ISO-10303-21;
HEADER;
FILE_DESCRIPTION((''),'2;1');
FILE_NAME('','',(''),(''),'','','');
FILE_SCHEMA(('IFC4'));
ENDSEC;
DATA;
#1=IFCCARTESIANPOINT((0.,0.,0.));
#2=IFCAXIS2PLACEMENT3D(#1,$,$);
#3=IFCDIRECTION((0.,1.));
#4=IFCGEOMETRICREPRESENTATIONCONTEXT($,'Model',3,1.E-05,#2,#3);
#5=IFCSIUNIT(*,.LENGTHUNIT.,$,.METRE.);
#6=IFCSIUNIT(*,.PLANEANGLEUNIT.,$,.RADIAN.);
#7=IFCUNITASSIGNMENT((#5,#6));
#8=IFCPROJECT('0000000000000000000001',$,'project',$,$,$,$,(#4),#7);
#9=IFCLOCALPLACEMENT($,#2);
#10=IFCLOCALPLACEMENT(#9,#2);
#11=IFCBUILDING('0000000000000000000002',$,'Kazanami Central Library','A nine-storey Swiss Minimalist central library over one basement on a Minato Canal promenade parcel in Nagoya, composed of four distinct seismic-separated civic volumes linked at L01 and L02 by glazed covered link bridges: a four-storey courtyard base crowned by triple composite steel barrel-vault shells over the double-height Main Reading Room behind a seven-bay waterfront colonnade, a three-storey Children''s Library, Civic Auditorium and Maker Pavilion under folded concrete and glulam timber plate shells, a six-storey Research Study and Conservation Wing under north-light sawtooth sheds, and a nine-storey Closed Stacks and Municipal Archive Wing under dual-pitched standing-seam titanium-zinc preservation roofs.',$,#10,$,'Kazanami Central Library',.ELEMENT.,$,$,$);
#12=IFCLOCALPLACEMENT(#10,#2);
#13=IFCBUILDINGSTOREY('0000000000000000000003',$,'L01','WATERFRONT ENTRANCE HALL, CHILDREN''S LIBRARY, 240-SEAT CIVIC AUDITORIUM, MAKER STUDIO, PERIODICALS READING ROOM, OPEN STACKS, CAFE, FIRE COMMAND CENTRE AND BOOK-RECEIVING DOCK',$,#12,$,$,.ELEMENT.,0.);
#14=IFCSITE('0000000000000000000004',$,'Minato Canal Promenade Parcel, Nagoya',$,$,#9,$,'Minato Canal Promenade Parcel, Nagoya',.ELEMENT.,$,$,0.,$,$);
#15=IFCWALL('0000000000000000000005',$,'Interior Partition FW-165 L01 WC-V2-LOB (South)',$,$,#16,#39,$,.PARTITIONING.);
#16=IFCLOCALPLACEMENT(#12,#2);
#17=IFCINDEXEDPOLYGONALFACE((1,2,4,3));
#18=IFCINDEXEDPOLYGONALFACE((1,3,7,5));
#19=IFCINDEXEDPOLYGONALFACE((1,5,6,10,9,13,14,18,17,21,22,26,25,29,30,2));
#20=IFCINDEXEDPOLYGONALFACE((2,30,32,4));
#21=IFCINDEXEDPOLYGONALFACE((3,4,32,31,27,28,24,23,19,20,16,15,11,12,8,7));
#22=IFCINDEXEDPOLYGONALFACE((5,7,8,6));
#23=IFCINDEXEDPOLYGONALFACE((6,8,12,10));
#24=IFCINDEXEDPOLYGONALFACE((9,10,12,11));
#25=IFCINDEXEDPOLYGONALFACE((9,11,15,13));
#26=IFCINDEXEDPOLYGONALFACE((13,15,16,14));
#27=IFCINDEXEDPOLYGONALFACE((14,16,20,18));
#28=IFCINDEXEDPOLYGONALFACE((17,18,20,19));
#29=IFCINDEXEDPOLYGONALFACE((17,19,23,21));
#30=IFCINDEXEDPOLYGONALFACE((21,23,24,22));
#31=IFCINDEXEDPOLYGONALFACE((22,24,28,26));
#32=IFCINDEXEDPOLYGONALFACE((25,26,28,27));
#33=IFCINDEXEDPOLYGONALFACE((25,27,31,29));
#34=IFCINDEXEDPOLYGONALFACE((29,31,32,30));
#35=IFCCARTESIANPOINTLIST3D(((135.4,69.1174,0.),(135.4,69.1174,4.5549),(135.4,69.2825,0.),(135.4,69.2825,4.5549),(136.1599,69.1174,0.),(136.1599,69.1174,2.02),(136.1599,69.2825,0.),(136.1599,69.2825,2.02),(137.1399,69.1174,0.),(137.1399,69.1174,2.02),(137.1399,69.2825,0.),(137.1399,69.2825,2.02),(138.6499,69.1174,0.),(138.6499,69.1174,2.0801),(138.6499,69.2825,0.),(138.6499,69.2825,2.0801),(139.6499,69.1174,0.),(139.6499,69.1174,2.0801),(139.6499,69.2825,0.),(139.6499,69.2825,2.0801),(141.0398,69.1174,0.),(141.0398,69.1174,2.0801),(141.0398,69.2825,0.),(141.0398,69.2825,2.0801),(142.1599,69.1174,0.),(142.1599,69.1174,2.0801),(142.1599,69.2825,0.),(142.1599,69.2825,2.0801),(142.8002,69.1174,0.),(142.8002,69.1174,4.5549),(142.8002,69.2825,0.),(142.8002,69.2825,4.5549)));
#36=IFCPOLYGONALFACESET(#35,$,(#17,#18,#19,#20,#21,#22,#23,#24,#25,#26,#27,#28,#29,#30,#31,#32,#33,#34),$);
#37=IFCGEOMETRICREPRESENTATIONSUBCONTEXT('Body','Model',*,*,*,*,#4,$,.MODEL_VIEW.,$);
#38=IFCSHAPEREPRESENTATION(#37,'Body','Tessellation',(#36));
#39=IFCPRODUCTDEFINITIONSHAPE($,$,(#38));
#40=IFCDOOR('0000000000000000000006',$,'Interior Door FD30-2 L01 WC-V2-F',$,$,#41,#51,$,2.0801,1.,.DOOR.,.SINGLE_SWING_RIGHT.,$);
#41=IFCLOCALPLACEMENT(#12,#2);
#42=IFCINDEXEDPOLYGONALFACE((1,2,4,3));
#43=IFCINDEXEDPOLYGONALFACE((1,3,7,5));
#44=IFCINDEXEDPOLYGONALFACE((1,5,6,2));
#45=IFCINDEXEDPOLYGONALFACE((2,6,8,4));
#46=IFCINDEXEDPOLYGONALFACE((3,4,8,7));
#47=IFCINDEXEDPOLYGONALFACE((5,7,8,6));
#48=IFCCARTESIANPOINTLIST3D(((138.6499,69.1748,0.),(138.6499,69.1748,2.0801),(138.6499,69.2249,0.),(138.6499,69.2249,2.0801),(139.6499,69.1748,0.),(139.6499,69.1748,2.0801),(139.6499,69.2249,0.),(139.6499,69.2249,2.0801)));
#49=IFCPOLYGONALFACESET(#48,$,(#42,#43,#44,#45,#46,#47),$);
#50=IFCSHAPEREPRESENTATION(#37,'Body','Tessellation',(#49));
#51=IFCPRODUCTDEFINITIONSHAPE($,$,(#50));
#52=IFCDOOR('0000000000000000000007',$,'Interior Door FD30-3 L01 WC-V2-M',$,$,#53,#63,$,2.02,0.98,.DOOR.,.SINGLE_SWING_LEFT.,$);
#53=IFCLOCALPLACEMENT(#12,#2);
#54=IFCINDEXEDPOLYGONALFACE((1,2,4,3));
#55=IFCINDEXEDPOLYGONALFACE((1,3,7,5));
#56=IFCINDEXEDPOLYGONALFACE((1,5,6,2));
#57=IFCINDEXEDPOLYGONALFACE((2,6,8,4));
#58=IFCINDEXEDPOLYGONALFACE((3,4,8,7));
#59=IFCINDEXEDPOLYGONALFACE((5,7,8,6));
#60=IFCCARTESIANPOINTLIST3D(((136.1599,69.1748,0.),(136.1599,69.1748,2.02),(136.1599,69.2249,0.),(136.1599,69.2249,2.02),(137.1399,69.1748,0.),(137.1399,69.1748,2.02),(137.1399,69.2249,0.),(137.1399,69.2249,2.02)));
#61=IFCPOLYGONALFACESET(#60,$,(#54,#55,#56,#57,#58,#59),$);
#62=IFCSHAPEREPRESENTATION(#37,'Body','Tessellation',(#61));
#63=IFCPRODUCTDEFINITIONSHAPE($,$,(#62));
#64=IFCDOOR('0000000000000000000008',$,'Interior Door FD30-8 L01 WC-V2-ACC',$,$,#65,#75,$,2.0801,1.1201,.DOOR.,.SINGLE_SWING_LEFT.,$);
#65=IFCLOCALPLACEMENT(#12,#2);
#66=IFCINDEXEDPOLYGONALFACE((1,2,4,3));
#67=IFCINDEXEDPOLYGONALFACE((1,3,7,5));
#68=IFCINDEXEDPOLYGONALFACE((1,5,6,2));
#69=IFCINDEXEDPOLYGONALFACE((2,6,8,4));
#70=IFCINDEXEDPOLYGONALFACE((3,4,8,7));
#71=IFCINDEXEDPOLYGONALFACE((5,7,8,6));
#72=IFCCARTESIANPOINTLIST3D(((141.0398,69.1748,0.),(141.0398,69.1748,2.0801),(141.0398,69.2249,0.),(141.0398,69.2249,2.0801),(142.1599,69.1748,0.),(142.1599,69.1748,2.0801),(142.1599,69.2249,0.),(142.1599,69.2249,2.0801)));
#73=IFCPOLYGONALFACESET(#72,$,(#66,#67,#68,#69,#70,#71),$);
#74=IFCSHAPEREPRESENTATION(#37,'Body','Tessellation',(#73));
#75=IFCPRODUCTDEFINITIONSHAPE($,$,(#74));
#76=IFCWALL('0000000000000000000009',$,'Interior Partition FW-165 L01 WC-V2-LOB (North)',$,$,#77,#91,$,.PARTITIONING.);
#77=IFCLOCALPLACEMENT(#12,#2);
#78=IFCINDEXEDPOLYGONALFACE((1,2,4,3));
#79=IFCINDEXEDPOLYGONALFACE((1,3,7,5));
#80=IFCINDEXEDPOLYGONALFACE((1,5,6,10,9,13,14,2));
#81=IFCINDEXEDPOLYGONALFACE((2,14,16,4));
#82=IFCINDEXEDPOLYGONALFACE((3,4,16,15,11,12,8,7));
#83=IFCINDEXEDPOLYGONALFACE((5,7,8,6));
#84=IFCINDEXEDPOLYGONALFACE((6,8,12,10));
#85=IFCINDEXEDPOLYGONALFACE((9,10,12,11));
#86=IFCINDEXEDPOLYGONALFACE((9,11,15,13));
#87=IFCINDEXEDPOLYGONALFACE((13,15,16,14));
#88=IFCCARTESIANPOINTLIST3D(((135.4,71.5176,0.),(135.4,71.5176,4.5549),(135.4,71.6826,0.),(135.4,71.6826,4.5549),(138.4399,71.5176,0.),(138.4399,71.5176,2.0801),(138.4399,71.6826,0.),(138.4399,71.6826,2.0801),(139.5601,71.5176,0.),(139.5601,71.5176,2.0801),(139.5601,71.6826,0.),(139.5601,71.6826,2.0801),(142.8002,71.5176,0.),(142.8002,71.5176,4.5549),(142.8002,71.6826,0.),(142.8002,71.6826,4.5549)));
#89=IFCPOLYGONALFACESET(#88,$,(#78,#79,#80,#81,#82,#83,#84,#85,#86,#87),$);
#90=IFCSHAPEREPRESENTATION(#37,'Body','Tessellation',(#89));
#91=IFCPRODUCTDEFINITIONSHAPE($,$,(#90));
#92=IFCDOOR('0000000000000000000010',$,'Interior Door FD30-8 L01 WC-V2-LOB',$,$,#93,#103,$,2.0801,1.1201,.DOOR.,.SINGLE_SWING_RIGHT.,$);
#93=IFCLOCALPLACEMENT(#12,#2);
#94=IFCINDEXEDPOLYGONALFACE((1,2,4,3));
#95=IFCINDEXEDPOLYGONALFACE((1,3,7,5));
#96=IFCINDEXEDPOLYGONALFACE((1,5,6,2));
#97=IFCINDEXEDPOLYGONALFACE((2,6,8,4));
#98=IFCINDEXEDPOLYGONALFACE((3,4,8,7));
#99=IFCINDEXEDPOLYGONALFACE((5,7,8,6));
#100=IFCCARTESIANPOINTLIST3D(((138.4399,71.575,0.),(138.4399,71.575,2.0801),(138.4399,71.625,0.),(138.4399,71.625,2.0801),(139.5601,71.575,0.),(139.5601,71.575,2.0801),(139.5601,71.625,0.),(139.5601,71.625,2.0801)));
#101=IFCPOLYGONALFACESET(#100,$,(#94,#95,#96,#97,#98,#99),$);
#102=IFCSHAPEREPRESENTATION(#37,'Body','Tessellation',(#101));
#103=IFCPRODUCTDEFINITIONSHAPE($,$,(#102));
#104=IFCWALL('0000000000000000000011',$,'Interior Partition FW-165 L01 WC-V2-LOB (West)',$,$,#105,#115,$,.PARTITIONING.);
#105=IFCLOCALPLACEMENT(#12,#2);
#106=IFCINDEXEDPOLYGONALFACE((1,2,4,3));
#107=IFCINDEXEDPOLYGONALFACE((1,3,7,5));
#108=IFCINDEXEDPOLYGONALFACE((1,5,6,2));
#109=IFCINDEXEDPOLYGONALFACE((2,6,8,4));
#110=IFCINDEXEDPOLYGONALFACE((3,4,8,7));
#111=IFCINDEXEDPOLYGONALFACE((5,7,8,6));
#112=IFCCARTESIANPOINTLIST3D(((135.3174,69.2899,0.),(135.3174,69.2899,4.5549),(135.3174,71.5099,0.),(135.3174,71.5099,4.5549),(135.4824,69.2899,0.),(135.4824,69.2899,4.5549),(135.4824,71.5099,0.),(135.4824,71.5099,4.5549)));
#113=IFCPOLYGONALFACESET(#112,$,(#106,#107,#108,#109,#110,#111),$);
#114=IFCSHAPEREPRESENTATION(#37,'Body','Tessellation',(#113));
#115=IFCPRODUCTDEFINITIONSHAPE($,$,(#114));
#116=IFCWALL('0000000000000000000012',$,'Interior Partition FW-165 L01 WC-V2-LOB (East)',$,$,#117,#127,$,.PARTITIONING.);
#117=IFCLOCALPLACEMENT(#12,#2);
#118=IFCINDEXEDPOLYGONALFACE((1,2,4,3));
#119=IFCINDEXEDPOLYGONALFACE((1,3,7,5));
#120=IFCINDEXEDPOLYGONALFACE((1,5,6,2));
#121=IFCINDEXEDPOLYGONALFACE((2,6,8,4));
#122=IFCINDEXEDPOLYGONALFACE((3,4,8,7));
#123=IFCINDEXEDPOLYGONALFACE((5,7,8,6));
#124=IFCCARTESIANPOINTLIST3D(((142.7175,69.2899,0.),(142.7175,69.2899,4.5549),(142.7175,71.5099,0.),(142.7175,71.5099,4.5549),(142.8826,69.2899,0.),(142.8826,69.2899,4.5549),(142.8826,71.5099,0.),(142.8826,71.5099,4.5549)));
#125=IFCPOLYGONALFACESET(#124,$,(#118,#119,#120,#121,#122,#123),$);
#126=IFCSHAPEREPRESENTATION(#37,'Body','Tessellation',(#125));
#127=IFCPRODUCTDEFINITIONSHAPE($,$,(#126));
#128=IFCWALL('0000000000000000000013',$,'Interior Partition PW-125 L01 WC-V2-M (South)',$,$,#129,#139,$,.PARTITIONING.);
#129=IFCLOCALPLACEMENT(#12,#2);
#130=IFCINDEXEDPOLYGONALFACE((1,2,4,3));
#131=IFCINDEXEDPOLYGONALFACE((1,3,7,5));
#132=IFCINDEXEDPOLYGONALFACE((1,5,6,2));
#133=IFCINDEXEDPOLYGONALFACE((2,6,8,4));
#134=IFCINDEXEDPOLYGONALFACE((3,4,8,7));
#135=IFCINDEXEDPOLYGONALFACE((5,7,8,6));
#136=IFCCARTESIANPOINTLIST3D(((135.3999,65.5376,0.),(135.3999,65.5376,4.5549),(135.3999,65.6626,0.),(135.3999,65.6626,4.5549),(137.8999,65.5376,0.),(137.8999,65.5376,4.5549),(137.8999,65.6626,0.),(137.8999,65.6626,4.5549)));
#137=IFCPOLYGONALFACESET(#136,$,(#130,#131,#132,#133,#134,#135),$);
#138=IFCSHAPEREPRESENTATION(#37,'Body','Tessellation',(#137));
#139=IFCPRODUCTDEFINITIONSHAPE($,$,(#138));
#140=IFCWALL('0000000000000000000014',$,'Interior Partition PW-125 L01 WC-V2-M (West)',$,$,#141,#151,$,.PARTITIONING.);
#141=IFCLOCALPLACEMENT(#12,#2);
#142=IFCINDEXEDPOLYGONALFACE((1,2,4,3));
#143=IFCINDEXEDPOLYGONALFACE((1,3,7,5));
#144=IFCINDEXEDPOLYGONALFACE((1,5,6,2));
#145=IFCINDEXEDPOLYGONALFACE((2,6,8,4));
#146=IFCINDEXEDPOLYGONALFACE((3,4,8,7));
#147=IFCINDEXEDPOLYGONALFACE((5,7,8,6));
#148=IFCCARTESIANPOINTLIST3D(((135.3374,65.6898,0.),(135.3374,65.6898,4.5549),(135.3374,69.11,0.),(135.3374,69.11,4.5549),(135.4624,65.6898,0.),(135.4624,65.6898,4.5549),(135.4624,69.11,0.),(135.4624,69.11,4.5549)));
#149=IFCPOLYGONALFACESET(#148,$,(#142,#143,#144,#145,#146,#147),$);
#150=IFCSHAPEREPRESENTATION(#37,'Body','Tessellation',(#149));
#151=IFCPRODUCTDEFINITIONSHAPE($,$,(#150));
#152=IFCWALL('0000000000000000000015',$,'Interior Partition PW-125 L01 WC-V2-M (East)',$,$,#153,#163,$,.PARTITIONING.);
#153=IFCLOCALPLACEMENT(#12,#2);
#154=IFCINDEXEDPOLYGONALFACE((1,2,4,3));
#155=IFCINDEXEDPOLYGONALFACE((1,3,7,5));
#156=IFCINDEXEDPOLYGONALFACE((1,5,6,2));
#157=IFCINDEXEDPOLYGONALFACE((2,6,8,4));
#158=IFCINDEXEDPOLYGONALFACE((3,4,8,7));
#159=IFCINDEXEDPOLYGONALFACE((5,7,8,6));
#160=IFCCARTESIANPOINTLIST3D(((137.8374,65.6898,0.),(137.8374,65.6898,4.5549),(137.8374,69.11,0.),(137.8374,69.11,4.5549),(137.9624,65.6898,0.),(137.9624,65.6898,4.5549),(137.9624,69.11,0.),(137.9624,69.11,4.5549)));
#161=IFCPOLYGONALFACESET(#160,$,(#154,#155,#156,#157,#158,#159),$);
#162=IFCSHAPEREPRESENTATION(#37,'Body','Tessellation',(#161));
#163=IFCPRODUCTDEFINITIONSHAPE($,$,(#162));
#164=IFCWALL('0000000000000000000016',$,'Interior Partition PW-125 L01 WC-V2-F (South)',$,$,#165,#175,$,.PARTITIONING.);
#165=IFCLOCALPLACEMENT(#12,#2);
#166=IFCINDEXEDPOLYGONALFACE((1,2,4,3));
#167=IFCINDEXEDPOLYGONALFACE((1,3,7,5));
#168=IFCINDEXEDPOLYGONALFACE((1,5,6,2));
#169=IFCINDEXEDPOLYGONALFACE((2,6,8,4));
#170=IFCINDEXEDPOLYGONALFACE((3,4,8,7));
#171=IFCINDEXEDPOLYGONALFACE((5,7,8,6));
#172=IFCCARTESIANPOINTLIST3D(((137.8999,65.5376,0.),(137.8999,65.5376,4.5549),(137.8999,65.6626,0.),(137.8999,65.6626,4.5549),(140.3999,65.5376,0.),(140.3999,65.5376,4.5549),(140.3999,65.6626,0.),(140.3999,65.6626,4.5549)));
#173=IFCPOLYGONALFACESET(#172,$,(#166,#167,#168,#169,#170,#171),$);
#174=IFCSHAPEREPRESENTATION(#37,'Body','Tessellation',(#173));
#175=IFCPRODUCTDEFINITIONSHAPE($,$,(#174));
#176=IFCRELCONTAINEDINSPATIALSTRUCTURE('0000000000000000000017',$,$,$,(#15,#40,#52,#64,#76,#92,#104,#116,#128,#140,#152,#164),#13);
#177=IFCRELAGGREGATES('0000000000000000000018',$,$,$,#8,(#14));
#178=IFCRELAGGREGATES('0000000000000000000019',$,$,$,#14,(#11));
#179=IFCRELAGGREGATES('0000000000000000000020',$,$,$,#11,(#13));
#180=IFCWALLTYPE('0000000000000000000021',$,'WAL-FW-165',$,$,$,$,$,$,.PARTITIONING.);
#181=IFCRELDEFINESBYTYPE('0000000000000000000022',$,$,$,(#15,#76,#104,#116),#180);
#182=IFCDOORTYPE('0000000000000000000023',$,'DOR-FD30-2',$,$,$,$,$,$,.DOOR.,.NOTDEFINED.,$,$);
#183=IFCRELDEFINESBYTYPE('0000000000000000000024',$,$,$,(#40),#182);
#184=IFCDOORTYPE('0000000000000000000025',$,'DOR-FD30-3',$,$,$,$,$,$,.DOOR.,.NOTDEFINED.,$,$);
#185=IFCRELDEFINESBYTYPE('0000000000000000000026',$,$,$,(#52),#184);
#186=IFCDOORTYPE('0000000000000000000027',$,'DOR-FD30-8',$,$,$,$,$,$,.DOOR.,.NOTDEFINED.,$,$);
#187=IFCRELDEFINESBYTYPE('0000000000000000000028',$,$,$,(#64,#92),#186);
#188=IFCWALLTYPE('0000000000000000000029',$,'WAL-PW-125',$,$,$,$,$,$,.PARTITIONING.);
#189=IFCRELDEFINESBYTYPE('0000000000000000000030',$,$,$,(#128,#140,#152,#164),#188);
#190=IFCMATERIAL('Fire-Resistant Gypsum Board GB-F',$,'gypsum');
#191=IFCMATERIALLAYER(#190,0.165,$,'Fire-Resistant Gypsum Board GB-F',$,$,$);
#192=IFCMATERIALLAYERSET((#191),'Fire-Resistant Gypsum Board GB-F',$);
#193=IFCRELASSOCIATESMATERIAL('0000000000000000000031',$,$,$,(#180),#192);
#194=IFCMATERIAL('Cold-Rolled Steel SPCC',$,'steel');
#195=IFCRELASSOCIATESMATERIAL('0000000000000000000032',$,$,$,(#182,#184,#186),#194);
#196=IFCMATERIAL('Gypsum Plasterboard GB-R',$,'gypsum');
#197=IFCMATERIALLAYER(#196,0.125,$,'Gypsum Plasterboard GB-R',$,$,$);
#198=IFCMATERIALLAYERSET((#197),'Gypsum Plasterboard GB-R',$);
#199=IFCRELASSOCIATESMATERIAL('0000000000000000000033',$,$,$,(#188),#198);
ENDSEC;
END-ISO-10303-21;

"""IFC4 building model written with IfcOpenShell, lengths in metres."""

from ifc_helpers import new_model, si_unit, direction, frame, frame_2d, origin, place, context, subcontext, project, spatial, rectangle, extrude, material, layer, layer_set, type_object, element, fill, save


model = new_model("IFC4")

# Units and contexts
model_context = context("Model", 3, precision=1e-05, world=origin(), true_north=direction((0.0, 1.0)))
body_context = subcontext(model_context, "Body", "Model", "MODEL_VIEW")
ifc_project = project(units=[si_unit("LENGTHUNIT", "METRE"), si_unit("PLANEANGLEUNIT", "RADIAN")], contexts=[model_context])

# Site, building, storey
site_placement = place(None, origin())
site = spatial("IfcSite", under=ifc_project, at=site_placement, Name="Minato Canal Promenade Parcel, Nagoya", LongName="Minato Canal Promenade Parcel, Nagoya", CompositionType="ELEMENT", RefElevation=0.0)
building_placement = place(site_placement, origin())
building = spatial("IfcBuilding", under=site, at=building_placement, Name="Kazanami Central Library", Description="A nine-storey Swiss Minimalist central library over one basement on a Minato Canal promenade parcel in Nagoya, composed of four distinct seismic-separated civic volumes linked at L01 and L02 by glazed covered link bridges: a four-storey courtyard base crowned by triple composite steel barrel-vault shells over the double-height Main Reading Room behind a seven-bay waterfront colonnade, a three-storey Children's Library, Civic Auditorium and Maker Pavilion under folded concrete and glulam timber plate shells, a six-storey Research Study and Conservation Wing under north-light sawtooth sheds, and a nine-storey Closed Stacks and Municipal Archive Wing under dual-pitched standing-seam titanium-zinc preservation roofs.", LongName="Kazanami Central Library", CompositionType="ELEMENT")
storey_placement = place(building_placement, origin())
storey = spatial("IfcBuildingStorey", under=building, at=storey_placement, Name="L01", Description="WATERFRONT ENTRANCE HALL, CHILDREN'S LIBRARY, 240-SEAT CIVIC AUDITORIUM, MAKER STUDIO, PERIODICALS READING ROOM, OPEN STACKS, CAFE, FIRE COMMAND CENTRE AND BOOK-RECEIVING DOCK", CompositionType="ELEMENT", Elevation=0.0)

# Wall, openings, doors
ifc_material_1 = material(Name="Fire-Resistant Gypsum Board GB-F", Category="gypsum")
ifc_layer_1 = layer(ifc_material_1, 0.165, Name="Fire-Resistant Gypsum Board GB-F")
ifc_layer_set_1 = layer_set([ifc_layer_1], Name="Fire-Resistant Gypsum Board GB-F")
wall_type_1 = type_object("IfcWallType", Name="WAL-FW-165", PredefinedType="PARTITIONING", material=ifc_layer_set_1)
wall_1_placement = place(storey_placement, frame((135.3999, 69.2, 0.0), z_axis=(0.0, 0.0, 1.0), x_axis=(1.0, 0.0, 0.0)))
wall_1 = element("IfcWall", 1, at=wall_1_placement, inside=storey, type_object=wall_type_1, Name="Interior Partition FW-165 L01 WC-V2-LOB (South)", PredefinedType="PARTITIONING", context=body_context, shape_type="SweptSolid", body=[
    extrude(rectangle(XDim=7.4001, YDim=0.165, at=frame_2d((3.7002, 0.0))), origin(), (0.0, 0.0, 1.0), 4.5549),
])
opening_1_placement = place(wall_1_placement, frame((0.76, 0.0, 0.0)))
opening_1 = element("IfcOpeningElement", 2, at=opening_1_placement, cuts=wall_1, PredefinedType="OPENING", context=body_context, shape_type="SweptSolid", body=[
    extrude(rectangle(XDim=0.98, YDim=2.02, at=frame_2d((0.49, 1.01))), frame((0.0, 0.0945, 0.0), z_axis=(0.0, -1.0, 0.0), x_axis=(1.0, 0.0, 0.0)), (0.0, 0.0, 1.0), 0.189),
])
opening_2_placement = place(wall_1_placement, frame((3.25, 0.0, 0.0)))
opening_2 = element("IfcOpeningElement", 3, at=opening_2_placement, cuts=wall_1, PredefinedType="OPENING", context=body_context, shape_type="SweptSolid", body=[
    extrude(rectangle(XDim=1.0, YDim=2.0801, at=frame_2d((0.5, 1.04))), frame((0.0, 0.0945, 0.0), z_axis=(0.0, -1.0, 0.0), x_axis=(1.0, 0.0, 0.0)), (0.0, 0.0, 1.0), 0.189),
])
opening_3_placement = place(wall_1_placement, frame((5.6399, 0.0, 0.0)))
opening_3 = element("IfcOpeningElement", 4, at=opening_3_placement, cuts=wall_1, PredefinedType="OPENING", context=body_context, shape_type="SweptSolid", body=[
    extrude(rectangle(XDim=1.1201, YDim=2.0801, at=frame_2d((0.5601, 1.04))), frame((0.0, 0.0945, 0.0), z_axis=(0.0, -1.0, 0.0), x_axis=(1.0, 0.0, 0.0)), (0.0, 0.0, 1.0), 0.189),
])
ifc_material_2 = material(Name="Cold-Rolled Steel SPCC", Category="steel")
door_type_1 = type_object("IfcDoorType", Name="DOR-FD30-2", OperationType="NOTDEFINED", PredefinedType="DOOR", material=ifc_material_2)
door_1_placement = place(opening_2_placement, origin())
door_1 = element("IfcDoor", 5, at=door_1_placement, inside=storey, type_object=door_type_1, Name="Interior Door FD30-2 L01 WC-V2-F", OperationType="SINGLE_SWING_RIGHT", OverallHeight=2.0801, OverallWidth=1.0, PredefinedType="DOOR", context=body_context, shape_type="SweptSolid", body=[
    extrude(rectangle(XDim=1.0, YDim=2.0801, at=frame_2d((0.5, 1.04))), frame((0.0, 0.0249, 0.0), z_axis=(0.0, -1.0, 0.0), x_axis=(1.0, 0.0, 0.0)), (0.0, 0.0, 1.0), 0.05),
])
fill(opening_2, door_1)
door_type_2 = type_object("IfcDoorType", Name="DOR-FD30-3", OperationType="NOTDEFINED", PredefinedType="DOOR", material=ifc_material_2)
door_2_placement = place(opening_1_placement, origin())
door_2 = element("IfcDoor", 6, at=door_2_placement, inside=storey, type_object=door_type_2, Name="Interior Door FD30-3 L01 WC-V2-M", OperationType="SINGLE_SWING_LEFT", OverallHeight=2.02, OverallWidth=0.98, PredefinedType="DOOR", context=body_context, shape_type="SweptSolid", body=[
    extrude(rectangle(XDim=0.98, YDim=2.02, at=frame_2d((0.49, 1.01))), frame((0.0, 0.0249, 0.0), z_axis=(0.0, -1.0, 0.0), x_axis=(1.0, 0.0, 0.0)), (0.0, 0.0, 1.0), 0.05),
])
fill(opening_1, door_2)
door_type_3 = type_object("IfcDoorType", Name="DOR-FD30-8", OperationType="NOTDEFINED", PredefinedType="DOOR", material=ifc_material_2)
door_3_placement = place(opening_3_placement, origin())
door_3 = element("IfcDoor", 7, at=door_3_placement, inside=storey, type_object=door_type_3, Name="Interior Door FD30-8 L01 WC-V2-ACC", OperationType="SINGLE_SWING_LEFT", OverallHeight=2.0801, OverallWidth=1.1201, PredefinedType="DOOR", context=body_context, shape_type="SweptSolid", body=[
    extrude(rectangle(XDim=1.1201, YDim=2.0801, at=frame_2d((0.5601, 1.04))), frame((0.0, 0.0249, 0.0), z_axis=(0.0, -1.0, 0.0), x_axis=(1.0, 0.0, 0.0)), (0.0, 0.0, 1.0), 0.05),
])
fill(opening_3, door_3)

# Wall, opening, door
wall_2_placement = place(storey_placement, frame((135.3999, 71.6001, 0.0), z_axis=(0.0, 0.0, 1.0), x_axis=(1.0, 0.0, 0.0)))
wall_2 = element("IfcWall", 8, at=wall_2_placement, inside=storey, type_object=wall_type_1, Name="Interior Partition FW-165 L01 WC-V2-LOB (North)", PredefinedType="PARTITIONING", context=body_context, shape_type="SweptSolid", body=[
    extrude(rectangle(XDim=7.4001, YDim=0.165, at=frame_2d((3.7002, 0.0))), origin(), (0.0, 0.0, 1.0), 4.5549),
])
opening_4_placement = place(wall_2_placement, frame((3.04, 0.0, 0.0)))
opening_4 = element("IfcOpeningElement", 9, at=opening_4_placement, cuts=wall_2, PredefinedType="OPENING", context=body_context, shape_type="SweptSolid", body=[
    extrude(rectangle(XDim=1.1201, YDim=2.0801, at=frame_2d((0.5601, 1.04))), frame((0.0, 0.0945, 0.0), z_axis=(0.0, -1.0, 0.0), x_axis=(1.0, 0.0, 0.0)), (0.0, 0.0, 1.0), 0.189),
])
door_4_placement = place(opening_4_placement, origin())
door_4 = element("IfcDoor", 10, at=door_4_placement, inside=storey, type_object=door_type_3, Name="Interior Door FD30-8 L01 WC-V2-LOB", OperationType="SINGLE_SWING_RIGHT", OverallHeight=2.0801, OverallWidth=1.1201, PredefinedType="DOOR", context=body_context, shape_type="SweptSolid", body=[
    extrude(rectangle(XDim=1.1201, YDim=2.0801, at=frame_2d((0.5601, 1.04))), frame((0.0, 0.0249, 0.0), z_axis=(0.0, -1.0, 0.0), x_axis=(1.0, 0.0, 0.0)), (0.0, 0.0, 1.0), 0.05),
])
fill(opening_4, door_4)

# Walls
for number, where, z_axis, x_axis, name in (
    (11, (135.3999, 69.29, 0.0), (0.0, 0.0, 1.0), (0.0, 1.0, 0.0), "Interior Partition FW-165 L01 WC-V2-LOB (West)"),
    (12, (142.8, 69.29, 0.0), (0.0, 0.0, 1.0), (0.0, 1.0, 0.0), "Interior Partition FW-165 L01 WC-V2-LOB (East)"),
):
    element("IfcWall", number, at=place(storey_placement, frame(where, z_axis=z_axis, x_axis=x_axis)), inside=storey, type_object=wall_type_1, Name=name, PredefinedType="PARTITIONING", context=body_context, shape_type="SweptSolid", body=[
        extrude(rectangle(XDim=2.22, YDim=0.165, at=frame_2d((1.1099, 0.0))), origin(), (0.0, 0.0, 1.0), 4.5549),
    ])
ifc_material_3 = material(Name="Gypsum Plasterboard GB-R", Category="gypsum")
ifc_layer_2 = layer(ifc_material_3, 0.125, Name="Gypsum Plasterboard GB-R")
ifc_layer_set_2 = layer_set([ifc_layer_2], Name="Gypsum Plasterboard GB-R")
wall_type_2 = type_object("IfcWallType", Name="WAL-PW-125", PredefinedType="PARTITIONING", material=ifc_layer_set_2)
wall_3_placement = place(storey_placement, frame((135.3999, 65.6001, 0.0), z_axis=(0.0, 0.0, 1.0), x_axis=(1.0, 0.0, 0.0)))
element("IfcWall", 13, at=wall_3_placement, inside=storey, type_object=wall_type_2, Name="Interior Partition PW-125 L01 WC-V2-M (South)", PredefinedType="PARTITIONING", context=body_context, shape_type="SweptSolid", body=[
    extrude(rectangle(XDim=2.5, YDim=0.125, at=frame_2d((1.25, 0.0))), origin(), (0.0, 0.0, 1.0), 4.5549),
])
for number, where, z_axis, x_axis, name in (
    (14, (135.3999, 65.6899, 0.0), (0.0, 0.0, 1.0), (0.0, 1.0, 0.0), "Interior Partition PW-125 L01 WC-V2-M (West)"),
    (15, (137.8999, 65.6899, 0.0), (0.0, 0.0, 1.0), (0.0, 1.0, 0.0), "Interior Partition PW-125 L01 WC-V2-M (East)"),
):
    element("IfcWall", number, at=place(storey_placement, frame(where, z_axis=z_axis, x_axis=x_axis)), inside=storey, type_object=wall_type_2, Name=name, PredefinedType="PARTITIONING", context=body_context, shape_type="SweptSolid", body=[
        extrude(rectangle(XDim=3.4202, YDim=0.125, at=frame_2d((1.71, 0.0))), origin(), (0.0, 0.0, 1.0), 4.5549),
    ])
wall_4_placement = place(storey_placement, frame((137.8999, 65.6001, 0.0), z_axis=(0.0, 0.0, 1.0), x_axis=(1.0, 0.0, 0.0)))
element("IfcWall", 16, at=wall_4_placement, inside=storey, type_object=wall_type_2, Name="Interior Partition PW-125 L01 WC-V2-F (South)", PredefinedType="PARTITIONING", context=body_context, shape_type="SweptSolid", body=[
    extrude(rectangle(XDim=2.5, YDim=0.125, at=frame_2d((1.25, 0.0))), origin(), (0.0, 0.0, 1.0), 4.5549),
])

save(model, "model.ifc")
